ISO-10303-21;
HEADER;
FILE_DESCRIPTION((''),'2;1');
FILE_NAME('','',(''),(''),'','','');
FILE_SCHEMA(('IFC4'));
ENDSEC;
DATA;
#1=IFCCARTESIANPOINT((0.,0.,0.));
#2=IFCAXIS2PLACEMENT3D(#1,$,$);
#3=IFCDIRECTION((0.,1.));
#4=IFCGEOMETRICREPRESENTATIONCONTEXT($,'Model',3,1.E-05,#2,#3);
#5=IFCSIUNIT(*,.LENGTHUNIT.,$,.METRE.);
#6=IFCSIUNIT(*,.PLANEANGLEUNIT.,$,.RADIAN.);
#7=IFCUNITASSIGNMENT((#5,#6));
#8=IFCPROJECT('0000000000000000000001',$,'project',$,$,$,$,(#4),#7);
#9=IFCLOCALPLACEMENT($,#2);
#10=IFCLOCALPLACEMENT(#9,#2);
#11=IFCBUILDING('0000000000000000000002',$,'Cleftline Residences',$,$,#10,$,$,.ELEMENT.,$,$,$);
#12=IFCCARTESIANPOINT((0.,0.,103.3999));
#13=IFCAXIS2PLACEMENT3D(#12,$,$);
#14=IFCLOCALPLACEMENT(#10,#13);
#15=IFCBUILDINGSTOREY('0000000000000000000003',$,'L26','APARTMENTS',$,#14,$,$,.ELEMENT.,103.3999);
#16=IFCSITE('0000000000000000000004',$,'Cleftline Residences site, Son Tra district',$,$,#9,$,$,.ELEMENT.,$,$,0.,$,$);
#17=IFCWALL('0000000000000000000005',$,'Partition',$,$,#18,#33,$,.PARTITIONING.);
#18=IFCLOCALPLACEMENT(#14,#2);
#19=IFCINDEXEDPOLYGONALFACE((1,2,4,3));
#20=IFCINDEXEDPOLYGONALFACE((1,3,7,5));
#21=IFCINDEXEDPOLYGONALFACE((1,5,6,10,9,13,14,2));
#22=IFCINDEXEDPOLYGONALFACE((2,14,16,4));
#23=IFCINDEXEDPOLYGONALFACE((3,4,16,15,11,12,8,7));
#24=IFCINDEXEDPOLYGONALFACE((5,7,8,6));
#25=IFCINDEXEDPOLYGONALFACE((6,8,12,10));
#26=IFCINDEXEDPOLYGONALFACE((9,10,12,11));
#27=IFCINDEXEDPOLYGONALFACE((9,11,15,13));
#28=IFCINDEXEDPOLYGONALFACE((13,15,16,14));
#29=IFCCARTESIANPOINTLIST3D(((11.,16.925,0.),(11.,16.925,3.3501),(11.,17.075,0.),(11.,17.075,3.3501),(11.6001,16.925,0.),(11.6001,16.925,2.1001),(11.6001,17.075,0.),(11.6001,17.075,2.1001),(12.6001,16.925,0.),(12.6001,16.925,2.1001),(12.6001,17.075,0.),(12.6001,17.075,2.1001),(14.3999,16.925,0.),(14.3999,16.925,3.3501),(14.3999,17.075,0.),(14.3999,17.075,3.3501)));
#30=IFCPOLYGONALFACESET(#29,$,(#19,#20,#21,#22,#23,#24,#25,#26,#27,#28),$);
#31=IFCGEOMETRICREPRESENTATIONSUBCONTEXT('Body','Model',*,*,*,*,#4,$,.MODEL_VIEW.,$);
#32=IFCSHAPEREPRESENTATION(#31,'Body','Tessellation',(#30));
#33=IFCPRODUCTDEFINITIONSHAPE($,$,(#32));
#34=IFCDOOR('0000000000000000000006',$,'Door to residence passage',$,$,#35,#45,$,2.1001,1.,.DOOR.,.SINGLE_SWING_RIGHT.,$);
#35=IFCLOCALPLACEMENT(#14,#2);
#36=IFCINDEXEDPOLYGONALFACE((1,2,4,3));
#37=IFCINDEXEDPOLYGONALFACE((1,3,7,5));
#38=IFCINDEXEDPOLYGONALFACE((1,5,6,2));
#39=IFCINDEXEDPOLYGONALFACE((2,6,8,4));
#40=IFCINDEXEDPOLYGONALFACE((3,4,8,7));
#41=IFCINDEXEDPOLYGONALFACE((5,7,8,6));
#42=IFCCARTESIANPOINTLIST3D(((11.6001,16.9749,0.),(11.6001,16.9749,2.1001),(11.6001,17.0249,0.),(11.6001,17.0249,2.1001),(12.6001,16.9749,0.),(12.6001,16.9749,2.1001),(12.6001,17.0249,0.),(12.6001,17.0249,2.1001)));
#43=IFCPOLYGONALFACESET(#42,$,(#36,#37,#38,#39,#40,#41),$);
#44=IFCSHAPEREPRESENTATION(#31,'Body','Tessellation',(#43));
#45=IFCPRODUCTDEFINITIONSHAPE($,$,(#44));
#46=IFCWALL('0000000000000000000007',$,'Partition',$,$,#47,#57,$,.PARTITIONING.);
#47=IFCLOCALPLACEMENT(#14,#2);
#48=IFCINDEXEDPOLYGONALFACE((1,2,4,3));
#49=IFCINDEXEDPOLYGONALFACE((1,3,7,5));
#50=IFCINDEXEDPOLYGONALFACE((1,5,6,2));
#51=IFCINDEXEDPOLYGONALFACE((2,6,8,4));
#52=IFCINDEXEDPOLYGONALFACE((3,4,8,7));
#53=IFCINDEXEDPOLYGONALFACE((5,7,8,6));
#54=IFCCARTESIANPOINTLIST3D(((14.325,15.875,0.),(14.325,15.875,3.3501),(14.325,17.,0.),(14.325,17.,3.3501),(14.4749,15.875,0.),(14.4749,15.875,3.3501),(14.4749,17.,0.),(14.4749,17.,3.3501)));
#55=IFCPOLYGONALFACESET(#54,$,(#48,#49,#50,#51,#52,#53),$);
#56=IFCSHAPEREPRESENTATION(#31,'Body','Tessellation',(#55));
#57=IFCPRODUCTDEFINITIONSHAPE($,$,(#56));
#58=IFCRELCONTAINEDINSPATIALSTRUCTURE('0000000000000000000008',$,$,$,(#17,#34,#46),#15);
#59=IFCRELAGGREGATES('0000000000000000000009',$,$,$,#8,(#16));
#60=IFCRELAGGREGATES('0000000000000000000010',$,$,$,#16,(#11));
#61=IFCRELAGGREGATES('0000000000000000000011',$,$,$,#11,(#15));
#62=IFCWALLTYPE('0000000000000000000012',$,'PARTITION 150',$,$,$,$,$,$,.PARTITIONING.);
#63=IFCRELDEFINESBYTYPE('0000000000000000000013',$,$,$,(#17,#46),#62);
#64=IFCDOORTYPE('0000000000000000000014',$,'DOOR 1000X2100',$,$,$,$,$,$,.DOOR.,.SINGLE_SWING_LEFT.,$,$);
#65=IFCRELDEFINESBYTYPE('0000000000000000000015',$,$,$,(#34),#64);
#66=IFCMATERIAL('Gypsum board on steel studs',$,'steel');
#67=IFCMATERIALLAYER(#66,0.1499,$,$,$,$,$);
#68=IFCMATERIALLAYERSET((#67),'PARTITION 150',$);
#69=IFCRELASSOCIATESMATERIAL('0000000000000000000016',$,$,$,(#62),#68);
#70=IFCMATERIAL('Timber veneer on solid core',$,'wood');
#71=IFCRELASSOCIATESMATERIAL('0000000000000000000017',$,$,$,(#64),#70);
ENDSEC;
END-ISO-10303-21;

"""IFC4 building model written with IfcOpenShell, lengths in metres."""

from ifc_helpers import new_model, si_unit, direction, frame, frame_2d, origin, place, context, subcontext, project, spatial, rectangle, extrude, material, layer, layer_set, type_object, element, fill, save


model = new_model("IFC4")

# Units and contexts
model_context = context("Model", 3, precision=1e-05, world=origin(), true_north=direction((0.0, 1.0)))
body_context = subcontext(model_context, "Body", "Model", "MODEL_VIEW")
ifc_project = project(units=[si_unit("LENGTHUNIT", "METRE"), si_unit("PLANEANGLEUNIT", "RADIAN")], contexts=[model_context])

# Site, building, storey
site_placement = place(None, origin())
site = spatial("IfcSite", under=ifc_project, at=site_placement, Name="Cleftline Residences site, Son Tra district", CompositionType="ELEMENT", RefElevation=0.0)
building_placement = place(site_placement, origin())
building = spatial("IfcBuilding", under=site, at=building_placement, Name="Cleftline Residences", CompositionType="ELEMENT")
storey_placement = place(building_placement, frame((0.0, 0.0, 103.3999)))
storey = spatial("IfcBuildingStorey", under=building, at=storey_placement, Name="L26", Description="APARTMENTS", CompositionType="ELEMENT", Elevation=103.3999)

# Shared definitions
ifc_material_1 = material(Name="Gypsum board on steel studs", Category="steel")
ifc_layer_1 = layer(ifc_material_1, 0.1499)
ifc_layer_set_1 = layer_set([ifc_layer_1], Name="PARTITION 150")
wall_type_1 = type_object("IfcWallType", Name="PARTITION 150", PredefinedType="PARTITIONING", material=ifc_layer_set_1)

# Wall, opening, door
wall_1_placement = place(storey_placement, frame((11.0, 17.0, 0.0), z_axis=(0.0, 0.0, 1.0), x_axis=(1.0, 0.0, 0.0)))
wall_1 = element("IfcWall", 1, at=wall_1_placement, inside=storey, type_object=wall_type_1, Name="Partition", PredefinedType="PARTITIONING", context=body_context, shape_type="SweptSolid", body=[
    extrude(rectangle(XDim=3.3999, YDim=0.1499, at=frame_2d((1.7, 0.0))), origin(), (0.0, 0.0, 1.0), 3.3501),
])
opening_1_placement = place(wall_1_placement, frame((0.6001, 0.0, 0.0)))
opening_1 = element("IfcOpeningElement", 2, at=opening_1_placement, cuts=wall_1, PredefinedType="OPENING", context=body_context, shape_type="SweptSolid", body=[
    extrude(rectangle(XDim=1.0, YDim=2.1001, at=frame_2d((0.5, 1.05))), frame((0.0, 0.085, 0.0), z_axis=(0.0, -1.0, 0.0), x_axis=(1.0, 0.0, 0.0)), (0.0, 0.0, 1.0), 0.1699),
])
ifc_material_2 = material(Name="Timber veneer on solid core", Category="wood")
door_type_1 = type_object("IfcDoorType", Name="DOOR 1000X2100", OperationType="SINGLE_SWING_LEFT", PredefinedType="DOOR", material=ifc_material_2)
door_1_placement = place(opening_1_placement, origin())
door_1 = element("IfcDoor", 3, at=door_1_placement, inside=storey, type_object=door_type_1, Name="Door to residence passage", OperationType="SINGLE_SWING_RIGHT", OverallHeight=2.1001, OverallWidth=1.0, PredefinedType="DOOR", context=body_context, shape_type="SweptSolid", body=[
    extrude(rectangle(XDim=1.0, YDim=2.1001, at=frame_2d((0.5, 1.05))), frame((0.0, 0.0249, 0.0), z_axis=(0.0, -1.0, 0.0), x_axis=(1.0, 0.0, 0.0)), (0.0, 0.0, 1.0), 0.05),
])
fill(opening_1, door_1)

# Wall
wall_2_placement = place(storey_placement, frame((14.3999, 15.875, 0.0), z_axis=(0.0, 0.0, 1.0), x_axis=(0.0, 1.0, 0.0)))
element("IfcWall", 4, at=wall_2_placement, inside=storey, type_object=wall_type_1, Name="Partition", PredefinedType="PARTITIONING", context=body_context, shape_type="SweptSolid", body=[
    extrude(rectangle(XDim=1.125, YDim=0.1499, at=frame_2d((0.5625, 0.0))), origin(), (0.0, 0.0, 1.0), 3.3501),
])

save(model, "model.ifc")
